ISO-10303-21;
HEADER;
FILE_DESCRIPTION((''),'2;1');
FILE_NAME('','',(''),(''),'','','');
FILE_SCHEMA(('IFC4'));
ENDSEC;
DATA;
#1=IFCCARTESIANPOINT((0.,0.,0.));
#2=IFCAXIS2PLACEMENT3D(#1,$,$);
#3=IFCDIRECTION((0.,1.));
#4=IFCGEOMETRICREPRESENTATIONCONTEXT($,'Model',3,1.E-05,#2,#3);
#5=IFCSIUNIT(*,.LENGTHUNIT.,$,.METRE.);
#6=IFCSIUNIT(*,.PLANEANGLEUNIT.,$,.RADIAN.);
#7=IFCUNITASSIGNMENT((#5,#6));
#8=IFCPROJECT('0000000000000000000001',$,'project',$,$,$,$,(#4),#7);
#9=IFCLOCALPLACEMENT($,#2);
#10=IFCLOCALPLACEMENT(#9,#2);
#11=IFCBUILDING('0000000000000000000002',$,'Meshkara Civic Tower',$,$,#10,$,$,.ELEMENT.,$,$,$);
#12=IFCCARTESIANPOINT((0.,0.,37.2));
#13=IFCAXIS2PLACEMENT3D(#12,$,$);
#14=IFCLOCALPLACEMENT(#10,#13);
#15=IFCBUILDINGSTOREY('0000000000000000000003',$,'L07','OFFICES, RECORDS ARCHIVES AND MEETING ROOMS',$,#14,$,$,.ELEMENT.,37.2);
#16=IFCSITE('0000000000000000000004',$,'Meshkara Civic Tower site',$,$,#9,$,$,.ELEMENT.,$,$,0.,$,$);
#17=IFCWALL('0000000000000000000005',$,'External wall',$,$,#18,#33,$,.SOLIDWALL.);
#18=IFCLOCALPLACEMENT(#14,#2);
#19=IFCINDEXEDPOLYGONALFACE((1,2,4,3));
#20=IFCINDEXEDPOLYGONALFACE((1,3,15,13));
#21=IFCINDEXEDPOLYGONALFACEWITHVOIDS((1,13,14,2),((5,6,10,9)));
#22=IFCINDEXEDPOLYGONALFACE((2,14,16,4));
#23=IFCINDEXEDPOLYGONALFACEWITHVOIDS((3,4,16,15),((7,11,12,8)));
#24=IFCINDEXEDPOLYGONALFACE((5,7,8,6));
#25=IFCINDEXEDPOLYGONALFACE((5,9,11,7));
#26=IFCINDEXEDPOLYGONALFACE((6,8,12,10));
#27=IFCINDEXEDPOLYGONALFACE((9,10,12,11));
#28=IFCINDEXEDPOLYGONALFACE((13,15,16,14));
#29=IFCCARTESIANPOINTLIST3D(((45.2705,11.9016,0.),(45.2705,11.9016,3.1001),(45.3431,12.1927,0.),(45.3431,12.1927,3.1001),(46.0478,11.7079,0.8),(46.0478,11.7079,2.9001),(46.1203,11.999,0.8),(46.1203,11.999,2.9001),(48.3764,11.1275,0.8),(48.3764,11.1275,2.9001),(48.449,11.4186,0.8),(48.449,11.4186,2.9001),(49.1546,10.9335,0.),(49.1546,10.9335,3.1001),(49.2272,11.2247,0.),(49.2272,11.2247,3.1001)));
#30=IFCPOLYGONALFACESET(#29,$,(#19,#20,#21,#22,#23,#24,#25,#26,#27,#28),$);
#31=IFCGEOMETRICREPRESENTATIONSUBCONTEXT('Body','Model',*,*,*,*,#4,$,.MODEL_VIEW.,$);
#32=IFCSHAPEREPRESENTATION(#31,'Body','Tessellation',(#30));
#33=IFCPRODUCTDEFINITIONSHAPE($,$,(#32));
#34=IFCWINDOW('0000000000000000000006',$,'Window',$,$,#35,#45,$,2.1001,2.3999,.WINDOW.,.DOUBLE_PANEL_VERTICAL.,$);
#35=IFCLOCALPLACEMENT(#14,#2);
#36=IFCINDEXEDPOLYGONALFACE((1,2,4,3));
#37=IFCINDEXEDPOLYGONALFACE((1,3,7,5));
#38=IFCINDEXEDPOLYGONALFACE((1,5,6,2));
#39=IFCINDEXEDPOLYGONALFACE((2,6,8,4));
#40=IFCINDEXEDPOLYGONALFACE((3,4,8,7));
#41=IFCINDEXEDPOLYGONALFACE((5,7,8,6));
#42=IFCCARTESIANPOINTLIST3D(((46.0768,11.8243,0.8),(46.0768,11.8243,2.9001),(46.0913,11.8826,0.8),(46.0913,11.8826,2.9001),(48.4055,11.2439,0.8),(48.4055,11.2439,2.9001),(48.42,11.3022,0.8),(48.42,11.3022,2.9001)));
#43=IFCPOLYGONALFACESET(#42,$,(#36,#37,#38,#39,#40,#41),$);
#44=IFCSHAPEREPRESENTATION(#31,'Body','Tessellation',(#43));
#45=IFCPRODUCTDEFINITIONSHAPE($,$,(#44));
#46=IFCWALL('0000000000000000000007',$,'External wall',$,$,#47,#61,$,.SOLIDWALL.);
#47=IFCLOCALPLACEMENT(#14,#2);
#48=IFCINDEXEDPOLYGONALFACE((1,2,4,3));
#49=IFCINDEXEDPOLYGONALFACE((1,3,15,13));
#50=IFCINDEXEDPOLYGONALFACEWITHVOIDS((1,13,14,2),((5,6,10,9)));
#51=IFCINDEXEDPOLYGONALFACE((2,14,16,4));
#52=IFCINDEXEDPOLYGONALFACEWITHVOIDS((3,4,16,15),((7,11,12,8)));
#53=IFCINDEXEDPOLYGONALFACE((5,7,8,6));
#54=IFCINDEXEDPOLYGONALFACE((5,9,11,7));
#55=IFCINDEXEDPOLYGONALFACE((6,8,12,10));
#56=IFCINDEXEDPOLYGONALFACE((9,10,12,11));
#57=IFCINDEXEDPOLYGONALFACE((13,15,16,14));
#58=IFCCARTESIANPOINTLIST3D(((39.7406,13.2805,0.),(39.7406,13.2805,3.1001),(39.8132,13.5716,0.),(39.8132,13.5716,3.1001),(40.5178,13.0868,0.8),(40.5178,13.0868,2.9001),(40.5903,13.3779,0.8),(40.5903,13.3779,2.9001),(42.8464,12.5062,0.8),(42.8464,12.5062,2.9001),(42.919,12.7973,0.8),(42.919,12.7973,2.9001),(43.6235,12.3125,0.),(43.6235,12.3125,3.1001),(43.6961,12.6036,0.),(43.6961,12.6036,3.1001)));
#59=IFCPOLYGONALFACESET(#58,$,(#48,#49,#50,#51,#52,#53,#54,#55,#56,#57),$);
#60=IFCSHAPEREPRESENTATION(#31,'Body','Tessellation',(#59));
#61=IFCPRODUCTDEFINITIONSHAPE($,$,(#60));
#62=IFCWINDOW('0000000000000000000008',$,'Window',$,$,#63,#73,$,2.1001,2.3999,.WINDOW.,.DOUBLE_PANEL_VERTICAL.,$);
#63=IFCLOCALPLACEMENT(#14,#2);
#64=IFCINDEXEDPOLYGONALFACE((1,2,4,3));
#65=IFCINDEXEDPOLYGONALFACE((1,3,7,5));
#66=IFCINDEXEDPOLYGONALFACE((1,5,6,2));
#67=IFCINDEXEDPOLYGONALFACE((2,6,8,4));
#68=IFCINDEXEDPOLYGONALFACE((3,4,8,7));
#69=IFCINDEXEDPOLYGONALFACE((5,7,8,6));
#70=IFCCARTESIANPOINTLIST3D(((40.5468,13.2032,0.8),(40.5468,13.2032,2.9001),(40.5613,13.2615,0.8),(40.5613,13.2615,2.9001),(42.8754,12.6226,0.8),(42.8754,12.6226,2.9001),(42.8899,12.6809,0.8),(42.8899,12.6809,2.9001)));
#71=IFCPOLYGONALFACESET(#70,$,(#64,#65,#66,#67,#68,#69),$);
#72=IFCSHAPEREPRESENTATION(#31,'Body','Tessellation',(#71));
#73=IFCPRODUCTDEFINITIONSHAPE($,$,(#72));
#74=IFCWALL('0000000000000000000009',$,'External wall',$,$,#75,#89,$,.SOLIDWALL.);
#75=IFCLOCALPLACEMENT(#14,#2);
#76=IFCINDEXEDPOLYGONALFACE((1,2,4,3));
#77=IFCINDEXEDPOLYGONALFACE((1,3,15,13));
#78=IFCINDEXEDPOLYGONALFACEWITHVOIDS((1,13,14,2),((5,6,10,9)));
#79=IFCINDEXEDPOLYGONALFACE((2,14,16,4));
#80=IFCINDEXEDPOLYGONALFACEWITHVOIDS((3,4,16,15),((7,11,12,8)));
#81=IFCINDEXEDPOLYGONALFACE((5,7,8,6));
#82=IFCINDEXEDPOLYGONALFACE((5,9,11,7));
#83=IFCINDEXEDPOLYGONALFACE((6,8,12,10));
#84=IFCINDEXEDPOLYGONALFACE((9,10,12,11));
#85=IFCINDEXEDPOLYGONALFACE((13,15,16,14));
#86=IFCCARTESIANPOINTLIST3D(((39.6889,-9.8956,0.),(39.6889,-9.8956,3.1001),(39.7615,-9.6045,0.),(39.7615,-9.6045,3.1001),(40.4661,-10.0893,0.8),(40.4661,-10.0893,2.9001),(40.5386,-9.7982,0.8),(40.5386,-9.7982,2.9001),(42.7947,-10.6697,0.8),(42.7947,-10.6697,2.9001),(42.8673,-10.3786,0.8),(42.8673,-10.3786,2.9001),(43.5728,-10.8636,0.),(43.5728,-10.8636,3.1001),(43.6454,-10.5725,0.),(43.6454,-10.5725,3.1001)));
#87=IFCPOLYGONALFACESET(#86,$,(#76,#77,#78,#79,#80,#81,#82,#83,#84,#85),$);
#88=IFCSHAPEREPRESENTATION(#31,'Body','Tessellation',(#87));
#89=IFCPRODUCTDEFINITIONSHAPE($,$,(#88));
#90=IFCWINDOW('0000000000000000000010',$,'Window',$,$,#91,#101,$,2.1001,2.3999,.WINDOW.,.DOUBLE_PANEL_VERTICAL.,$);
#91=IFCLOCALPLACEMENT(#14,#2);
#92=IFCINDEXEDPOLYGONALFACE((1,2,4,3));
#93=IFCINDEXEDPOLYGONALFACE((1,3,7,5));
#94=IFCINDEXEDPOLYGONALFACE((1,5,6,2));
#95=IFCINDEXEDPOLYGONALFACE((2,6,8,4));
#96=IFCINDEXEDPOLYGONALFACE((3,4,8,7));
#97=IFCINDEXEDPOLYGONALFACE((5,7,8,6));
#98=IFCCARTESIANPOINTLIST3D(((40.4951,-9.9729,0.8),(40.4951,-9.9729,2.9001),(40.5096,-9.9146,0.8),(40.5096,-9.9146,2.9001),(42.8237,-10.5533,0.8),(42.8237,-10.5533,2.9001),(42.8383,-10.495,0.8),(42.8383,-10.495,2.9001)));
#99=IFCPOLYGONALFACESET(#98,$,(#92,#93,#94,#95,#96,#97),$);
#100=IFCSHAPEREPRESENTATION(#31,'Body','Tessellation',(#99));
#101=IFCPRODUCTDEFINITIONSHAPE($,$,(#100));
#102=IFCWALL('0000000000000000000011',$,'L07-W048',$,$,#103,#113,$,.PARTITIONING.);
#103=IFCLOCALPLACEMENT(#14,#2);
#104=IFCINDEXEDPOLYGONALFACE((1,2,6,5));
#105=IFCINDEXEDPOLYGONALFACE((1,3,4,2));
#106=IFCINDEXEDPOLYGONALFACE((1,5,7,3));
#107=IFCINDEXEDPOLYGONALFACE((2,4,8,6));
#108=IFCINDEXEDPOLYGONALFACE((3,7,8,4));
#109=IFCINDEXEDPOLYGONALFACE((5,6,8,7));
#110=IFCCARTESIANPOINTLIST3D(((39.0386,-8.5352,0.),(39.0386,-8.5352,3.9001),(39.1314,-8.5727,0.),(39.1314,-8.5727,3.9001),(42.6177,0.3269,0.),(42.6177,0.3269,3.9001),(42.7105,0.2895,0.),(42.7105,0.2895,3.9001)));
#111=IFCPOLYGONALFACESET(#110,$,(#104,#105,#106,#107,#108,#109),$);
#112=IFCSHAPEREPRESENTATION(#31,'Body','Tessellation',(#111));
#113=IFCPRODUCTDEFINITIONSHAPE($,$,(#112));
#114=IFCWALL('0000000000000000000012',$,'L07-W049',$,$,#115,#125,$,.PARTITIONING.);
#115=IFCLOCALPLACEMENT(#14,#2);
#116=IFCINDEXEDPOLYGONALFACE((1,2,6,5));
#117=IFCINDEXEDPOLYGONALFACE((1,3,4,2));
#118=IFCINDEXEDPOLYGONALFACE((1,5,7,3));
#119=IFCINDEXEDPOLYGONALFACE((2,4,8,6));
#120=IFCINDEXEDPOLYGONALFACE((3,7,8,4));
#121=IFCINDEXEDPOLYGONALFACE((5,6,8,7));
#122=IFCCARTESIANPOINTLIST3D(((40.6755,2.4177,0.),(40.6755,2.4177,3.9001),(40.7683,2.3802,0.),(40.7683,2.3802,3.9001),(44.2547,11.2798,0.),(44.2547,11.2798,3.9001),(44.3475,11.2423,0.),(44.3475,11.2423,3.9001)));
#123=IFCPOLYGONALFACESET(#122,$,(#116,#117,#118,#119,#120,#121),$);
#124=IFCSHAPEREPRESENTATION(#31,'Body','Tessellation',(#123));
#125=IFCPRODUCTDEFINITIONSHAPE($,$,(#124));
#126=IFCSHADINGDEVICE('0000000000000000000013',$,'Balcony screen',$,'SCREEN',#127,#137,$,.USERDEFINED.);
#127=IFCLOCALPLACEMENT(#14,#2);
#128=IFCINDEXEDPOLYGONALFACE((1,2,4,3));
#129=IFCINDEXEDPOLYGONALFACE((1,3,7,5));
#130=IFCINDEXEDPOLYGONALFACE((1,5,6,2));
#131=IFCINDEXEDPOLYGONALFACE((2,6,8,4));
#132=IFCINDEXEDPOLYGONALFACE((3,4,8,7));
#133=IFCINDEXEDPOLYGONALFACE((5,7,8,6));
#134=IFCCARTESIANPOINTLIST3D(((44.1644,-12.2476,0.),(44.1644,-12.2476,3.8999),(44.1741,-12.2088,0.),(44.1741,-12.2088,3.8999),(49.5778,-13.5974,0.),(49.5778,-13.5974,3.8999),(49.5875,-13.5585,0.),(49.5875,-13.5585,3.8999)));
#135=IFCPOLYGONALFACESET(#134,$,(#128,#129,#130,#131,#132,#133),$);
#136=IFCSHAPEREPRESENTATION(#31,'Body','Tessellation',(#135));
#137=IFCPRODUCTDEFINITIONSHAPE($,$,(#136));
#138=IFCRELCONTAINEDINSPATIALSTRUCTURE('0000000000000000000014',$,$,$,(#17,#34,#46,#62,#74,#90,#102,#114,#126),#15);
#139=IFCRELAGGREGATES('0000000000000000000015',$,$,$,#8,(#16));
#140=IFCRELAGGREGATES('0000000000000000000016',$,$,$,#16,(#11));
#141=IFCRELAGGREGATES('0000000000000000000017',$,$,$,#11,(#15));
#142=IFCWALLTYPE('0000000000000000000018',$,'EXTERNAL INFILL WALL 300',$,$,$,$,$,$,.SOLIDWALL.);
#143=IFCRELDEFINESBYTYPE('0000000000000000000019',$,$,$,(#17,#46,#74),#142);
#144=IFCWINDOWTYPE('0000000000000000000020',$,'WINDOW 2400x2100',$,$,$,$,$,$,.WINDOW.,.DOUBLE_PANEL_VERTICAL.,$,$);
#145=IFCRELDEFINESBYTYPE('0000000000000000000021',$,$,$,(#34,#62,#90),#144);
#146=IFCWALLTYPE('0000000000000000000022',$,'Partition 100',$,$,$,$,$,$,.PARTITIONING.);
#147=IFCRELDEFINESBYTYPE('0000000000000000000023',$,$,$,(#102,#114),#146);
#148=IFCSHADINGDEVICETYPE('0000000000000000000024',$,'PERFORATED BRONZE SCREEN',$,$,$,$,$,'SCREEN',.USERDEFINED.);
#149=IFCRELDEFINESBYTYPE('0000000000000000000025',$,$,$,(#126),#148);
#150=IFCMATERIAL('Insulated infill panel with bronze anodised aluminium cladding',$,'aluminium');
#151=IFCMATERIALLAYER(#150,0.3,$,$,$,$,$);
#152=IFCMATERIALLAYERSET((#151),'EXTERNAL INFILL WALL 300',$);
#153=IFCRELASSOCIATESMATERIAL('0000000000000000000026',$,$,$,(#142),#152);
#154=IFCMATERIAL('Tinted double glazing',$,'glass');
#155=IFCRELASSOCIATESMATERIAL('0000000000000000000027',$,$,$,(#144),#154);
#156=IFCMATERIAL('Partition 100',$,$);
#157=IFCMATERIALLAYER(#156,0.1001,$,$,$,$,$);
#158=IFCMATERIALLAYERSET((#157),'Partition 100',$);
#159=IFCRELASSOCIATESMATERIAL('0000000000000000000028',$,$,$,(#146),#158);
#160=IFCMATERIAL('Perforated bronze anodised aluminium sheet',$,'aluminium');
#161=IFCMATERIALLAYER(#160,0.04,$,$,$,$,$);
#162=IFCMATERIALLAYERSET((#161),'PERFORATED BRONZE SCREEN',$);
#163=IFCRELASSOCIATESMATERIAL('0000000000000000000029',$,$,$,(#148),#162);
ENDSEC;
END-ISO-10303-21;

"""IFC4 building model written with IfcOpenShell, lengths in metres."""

from ifc_helpers import new_model, si_unit, direction, frame, frame_2d, origin, origin_2d, place, context, subcontext, project, spatial, rectangle, extrude, material, layer, layer_set, type_object, element, fill, save


model = new_model("IFC4")

# Units and contexts
model_context = context("Model", 3, precision=1e-05, world=origin(), true_north=direction((0.0, 1.0)))
body_context = subcontext(model_context, "Body", "Model", "MODEL_VIEW")
ifc_project = project(units=[si_unit("LENGTHUNIT", "METRE"), si_unit("PLANEANGLEUNIT", "RADIAN")], contexts=[model_context])

# Site, building, storey
site_placement = place(None, origin())
site = spatial("IfcSite", under=ifc_project, at=site_placement, Name="Meshkara Civic Tower site", CompositionType="ELEMENT", RefElevation=0.0)
building_placement = place(site_placement, origin())
building = spatial("IfcBuilding", under=site, at=building_placement, Name="Meshkara Civic Tower", CompositionType="ELEMENT")
storey_placement = place(building_placement, frame((0.0, 0.0, 37.2)))
storey = spatial("IfcBuildingStorey", under=building, at=storey_placement, Name="L07", Description="OFFICES, RECORDS ARCHIVES AND MEETING ROOMS", CompositionType="ELEMENT", Elevation=37.2)

# Walls, openings, windows
ifc_material_1 = material(Name="Insulated infill panel with bronze anodised aluminium cladding", Category="aluminium")
ifc_layer_1 = layer(ifc_material_1, 0.3)
ifc_layer_set_1 = layer_set([ifc_layer_1], Name="EXTERNAL INFILL WALL 300")
wall_type_1 = type_object("IfcWallType", Name="EXTERNAL INFILL WALL 300", PredefinedType="SOLIDWALL", material=ifc_layer_set_1)
wall_1_placement = place(storey_placement, frame((49.1909, 11.0791, 0.0), z_axis=(0.0, 0.0, 1.0), x_axis=(-0.970318, 0.241832, 0.0)))
wall_1 = element("IfcWall", 1, at=wall_1_placement, inside=storey, type_object=wall_type_1, Name="External wall", PredefinedType="SOLIDWALL", context=body_context, shape_type="SweptSolid", body=[
    extrude(rectangle(XDim=4.0029, YDim=0.3, at=frame_2d((2.0015, 0.0))), origin(), (0.0, 0.0, 1.0), 3.1001),
])
opening_1_placement = place(wall_1_placement, frame((0.802, 0.0, 0.8)))
opening_1 = element("IfcOpeningElement", 2, at=opening_1_placement, cuts=wall_1, PredefinedType="OPENING", context=body_context, shape_type="SweptSolid", body=[
    extrude(rectangle(XDim=2.3999, YDim=2.1001, at=frame_2d((1.2, 1.05))), frame((0.0, 0.1599, 0.0), z_axis=(0.0, -1.0, 0.0), x_axis=(1.0, 0.0, 0.0)), (0.0, 0.0, 1.0), 0.3201),
])
ifc_material_2 = material(Name="Tinted double glazing", Category="glass")
window_type = type_object("IfcWindowType", Name="WINDOW 2400x2100", PartitioningType="DOUBLE_PANEL_VERTICAL", PredefinedType="WINDOW", material=ifc_material_2)
window_1_placement = place(opening_1_placement, origin())
window_1 = element("IfcWindow", 3, at=window_1_placement, inside=storey, type_object=window_type, Name="Window", OverallHeight=2.1001, OverallWidth=2.3999, PartitioningType="DOUBLE_PANEL_VERTICAL", PredefinedType="WINDOW", context=body_context, shape_type="SweptSolid", body=[
    extrude(rectangle(XDim=2.3999, YDim=2.1001, at=frame_2d((1.2, 1.05))), frame((0.0, 0.03, 0.0), z_axis=(0.0, -1.0, 0.0), x_axis=(1.0, 0.0, 0.0)), (0.0, 0.0, 1.0), 0.0601),
])
fill(opening_1, window_1)
wall_2_placement = place(storey_placement, frame((43.6599, 12.458, 0.0), z_axis=(0.0, 0.0, 1.0), x_axis=(-0.9703, 0.241904, 0.0)))
wall_2 = element("IfcWall", 4, at=wall_2_placement, inside=storey, type_object=wall_type_1, Name="External wall", PredefinedType="SOLIDWALL", context=body_context, shape_type="SweptSolid", body=[
    extrude(rectangle(XDim=4.0017, YDim=0.3, at=frame_2d((2.001, 0.0))), origin(), (0.0, 0.0, 1.0), 3.1001),
])
opening_2_placement = place(wall_2_placement, frame((0.801, 0.0, 0.8)))
opening_2 = element("IfcOpeningElement", 5, at=opening_2_placement, cuts=wall_2, PredefinedType="OPENING", context=body_context, shape_type="SweptSolid", body=[
    extrude(rectangle(XDim=2.3999, YDim=2.1001, at=frame_2d((1.2, 1.05))), frame((0.0, 0.1599, 0.0), z_axis=(0.0, -1.0, 0.0), x_axis=(1.0, 0.0, 0.0)), (0.0, 0.0, 1.0), 0.3201),
])
window_2_placement = place(opening_2_placement, origin())
window_2 = element("IfcWindow", 6, at=window_2_placement, inside=storey, type_object=window_type, Name="Window", OverallHeight=2.1001, OverallWidth=2.3999, PartitioningType="DOUBLE_PANEL_VERTICAL", PredefinedType="WINDOW", context=body_context, shape_type="SweptSolid", body=[
    extrude(rectangle(XDim=2.3999, YDim=2.1001, at=frame_2d((1.2, 1.05))), frame((0.0, 0.03, 0.0), z_axis=(0.0, -1.0, 0.0), x_axis=(1.0, 0.0, 0.0)), (0.0, 0.0, 1.0), 0.0601),
])
fill(opening_2, window_2)
wall_3_placement = place(storey_placement, frame((39.7251, -9.75, 0.0), z_axis=(0.0, 0.0, 1.0), x_axis=(0.970314, -0.241847, 0.0)))
wall_3 = element("IfcWall", 7, at=wall_3_placement, inside=storey, type_object=wall_type_1, Name="External wall", PredefinedType="SOLIDWALL", context=body_context, shape_type="SweptSolid", body=[
    extrude(rectangle(XDim=4.0027, YDim=0.3, at=frame_2d((2.0015, 0.0))), origin(), (0.0, 0.0, 1.0), 3.1001),
])
opening_3_placement = place(wall_3_placement, frame((0.801, 0.0, 0.8)))
opening_3 = element("IfcOpeningElement", 8, at=opening_3_placement, cuts=wall_3, PredefinedType="OPENING", context=body_context, shape_type="SweptSolid", body=[
    extrude(rectangle(XDim=2.3999, YDim=2.1001, at=frame_2d((1.2, 1.05))), frame((0.0, 0.1599, 0.0), z_axis=(0.0, -1.0, 0.0), x_axis=(1.0, 0.0, 0.0)), (0.0, 0.0, 1.0), 0.3201),
])
window_3_placement = place(opening_3_placement, origin())
window_3 = element("IfcWindow", 9, at=window_3_placement, inside=storey, type_object=window_type, Name="Window", OverallHeight=2.1001, OverallWidth=2.3999, PartitioningType="DOUBLE_PANEL_VERTICAL", PredefinedType="WINDOW", context=body_context, shape_type="SweptSolid", body=[
    extrude(rectangle(XDim=2.3999, YDim=2.1001, at=frame_2d((1.2, 1.05))), frame((0.0, 0.03, 0.0), z_axis=(0.0, -1.0, 0.0), x_axis=(1.0, 0.0, 0.0)), (0.0, 0.0, 1.0), 0.0601),
])
fill(opening_3, window_3)

# Walls
ifc_material_3 = material(Name="Partition 100")
ifc_layer_2 = layer(ifc_material_3, 0.1001)
ifc_layer_set_2 = layer_set([ifc_layer_2], Name="Partition 100")
wall_type_2 = type_object("IfcWallType", Name="Partition 100", PredefinedType="PARTITIONING", material=ifc_layer_set_2)
for number, where, z_axis, x_axis, name in (
    (10, (39.085, -8.554, 0.0), (0.0, 0.0, 1.0), (0.37448, 0.927235, 0.0), "L07-W048"),
    (11, (40.7219, 2.3989, 0.0), (0.0, 0.0, 1.0), (0.37448, 0.927235, 0.0), "L07-W049"),
):
    element("IfcWall", number, at=place(storey_placement, frame(where, z_axis=z_axis, x_axis=x_axis)), inside=storey, type_object=wall_type_2, Name=name, PredefinedType="PARTITIONING", context=body_context, shape_type="SweptSolid", body=[
        extrude(rectangle(XDim=9.5576, YDim=0.1001, at=frame_2d((4.7788, 0.0))), origin(), (0.0, 0.0, 1.0), 3.9001),
    ])

# Shading device
ifc_material_4 = material(Name="Perforated bronze anodised aluminium sheet", Category="aluminium")
ifc_layer_3 = layer(ifc_material_4, 0.04)
ifc_layer_set_3 = layer_set([ifc_layer_3], Name="PERFORATED BRONZE SCREEN")
shading_device_type = type_object("IfcShadingDeviceType", Name="PERFORATED BRONZE SCREEN", ElementType="SCREEN", PredefinedType="USERDEFINED", material=ifc_layer_set_3)
shading_device_placement = place(storey_placement, frame((46.876, -12.9031, 0.0), z_axis=(0.0, 0.0, 1.0), x_axis=(0.970296, -0.241922, 0.0)))
element("IfcShadingDevice", 12, at=shading_device_placement, inside=storey, type_object=shading_device_type, Name="Balcony screen", ObjectType="SCREEN", PredefinedType="USERDEFINED", context=body_context, shape_type="SweptSolid", body=[
    extrude(rectangle(XDim=5.5791, YDim=0.04, at=origin_2d()), origin(), (0.0, 0.0, 1.0), 3.8999),
])

save(model, "model.ifc")
